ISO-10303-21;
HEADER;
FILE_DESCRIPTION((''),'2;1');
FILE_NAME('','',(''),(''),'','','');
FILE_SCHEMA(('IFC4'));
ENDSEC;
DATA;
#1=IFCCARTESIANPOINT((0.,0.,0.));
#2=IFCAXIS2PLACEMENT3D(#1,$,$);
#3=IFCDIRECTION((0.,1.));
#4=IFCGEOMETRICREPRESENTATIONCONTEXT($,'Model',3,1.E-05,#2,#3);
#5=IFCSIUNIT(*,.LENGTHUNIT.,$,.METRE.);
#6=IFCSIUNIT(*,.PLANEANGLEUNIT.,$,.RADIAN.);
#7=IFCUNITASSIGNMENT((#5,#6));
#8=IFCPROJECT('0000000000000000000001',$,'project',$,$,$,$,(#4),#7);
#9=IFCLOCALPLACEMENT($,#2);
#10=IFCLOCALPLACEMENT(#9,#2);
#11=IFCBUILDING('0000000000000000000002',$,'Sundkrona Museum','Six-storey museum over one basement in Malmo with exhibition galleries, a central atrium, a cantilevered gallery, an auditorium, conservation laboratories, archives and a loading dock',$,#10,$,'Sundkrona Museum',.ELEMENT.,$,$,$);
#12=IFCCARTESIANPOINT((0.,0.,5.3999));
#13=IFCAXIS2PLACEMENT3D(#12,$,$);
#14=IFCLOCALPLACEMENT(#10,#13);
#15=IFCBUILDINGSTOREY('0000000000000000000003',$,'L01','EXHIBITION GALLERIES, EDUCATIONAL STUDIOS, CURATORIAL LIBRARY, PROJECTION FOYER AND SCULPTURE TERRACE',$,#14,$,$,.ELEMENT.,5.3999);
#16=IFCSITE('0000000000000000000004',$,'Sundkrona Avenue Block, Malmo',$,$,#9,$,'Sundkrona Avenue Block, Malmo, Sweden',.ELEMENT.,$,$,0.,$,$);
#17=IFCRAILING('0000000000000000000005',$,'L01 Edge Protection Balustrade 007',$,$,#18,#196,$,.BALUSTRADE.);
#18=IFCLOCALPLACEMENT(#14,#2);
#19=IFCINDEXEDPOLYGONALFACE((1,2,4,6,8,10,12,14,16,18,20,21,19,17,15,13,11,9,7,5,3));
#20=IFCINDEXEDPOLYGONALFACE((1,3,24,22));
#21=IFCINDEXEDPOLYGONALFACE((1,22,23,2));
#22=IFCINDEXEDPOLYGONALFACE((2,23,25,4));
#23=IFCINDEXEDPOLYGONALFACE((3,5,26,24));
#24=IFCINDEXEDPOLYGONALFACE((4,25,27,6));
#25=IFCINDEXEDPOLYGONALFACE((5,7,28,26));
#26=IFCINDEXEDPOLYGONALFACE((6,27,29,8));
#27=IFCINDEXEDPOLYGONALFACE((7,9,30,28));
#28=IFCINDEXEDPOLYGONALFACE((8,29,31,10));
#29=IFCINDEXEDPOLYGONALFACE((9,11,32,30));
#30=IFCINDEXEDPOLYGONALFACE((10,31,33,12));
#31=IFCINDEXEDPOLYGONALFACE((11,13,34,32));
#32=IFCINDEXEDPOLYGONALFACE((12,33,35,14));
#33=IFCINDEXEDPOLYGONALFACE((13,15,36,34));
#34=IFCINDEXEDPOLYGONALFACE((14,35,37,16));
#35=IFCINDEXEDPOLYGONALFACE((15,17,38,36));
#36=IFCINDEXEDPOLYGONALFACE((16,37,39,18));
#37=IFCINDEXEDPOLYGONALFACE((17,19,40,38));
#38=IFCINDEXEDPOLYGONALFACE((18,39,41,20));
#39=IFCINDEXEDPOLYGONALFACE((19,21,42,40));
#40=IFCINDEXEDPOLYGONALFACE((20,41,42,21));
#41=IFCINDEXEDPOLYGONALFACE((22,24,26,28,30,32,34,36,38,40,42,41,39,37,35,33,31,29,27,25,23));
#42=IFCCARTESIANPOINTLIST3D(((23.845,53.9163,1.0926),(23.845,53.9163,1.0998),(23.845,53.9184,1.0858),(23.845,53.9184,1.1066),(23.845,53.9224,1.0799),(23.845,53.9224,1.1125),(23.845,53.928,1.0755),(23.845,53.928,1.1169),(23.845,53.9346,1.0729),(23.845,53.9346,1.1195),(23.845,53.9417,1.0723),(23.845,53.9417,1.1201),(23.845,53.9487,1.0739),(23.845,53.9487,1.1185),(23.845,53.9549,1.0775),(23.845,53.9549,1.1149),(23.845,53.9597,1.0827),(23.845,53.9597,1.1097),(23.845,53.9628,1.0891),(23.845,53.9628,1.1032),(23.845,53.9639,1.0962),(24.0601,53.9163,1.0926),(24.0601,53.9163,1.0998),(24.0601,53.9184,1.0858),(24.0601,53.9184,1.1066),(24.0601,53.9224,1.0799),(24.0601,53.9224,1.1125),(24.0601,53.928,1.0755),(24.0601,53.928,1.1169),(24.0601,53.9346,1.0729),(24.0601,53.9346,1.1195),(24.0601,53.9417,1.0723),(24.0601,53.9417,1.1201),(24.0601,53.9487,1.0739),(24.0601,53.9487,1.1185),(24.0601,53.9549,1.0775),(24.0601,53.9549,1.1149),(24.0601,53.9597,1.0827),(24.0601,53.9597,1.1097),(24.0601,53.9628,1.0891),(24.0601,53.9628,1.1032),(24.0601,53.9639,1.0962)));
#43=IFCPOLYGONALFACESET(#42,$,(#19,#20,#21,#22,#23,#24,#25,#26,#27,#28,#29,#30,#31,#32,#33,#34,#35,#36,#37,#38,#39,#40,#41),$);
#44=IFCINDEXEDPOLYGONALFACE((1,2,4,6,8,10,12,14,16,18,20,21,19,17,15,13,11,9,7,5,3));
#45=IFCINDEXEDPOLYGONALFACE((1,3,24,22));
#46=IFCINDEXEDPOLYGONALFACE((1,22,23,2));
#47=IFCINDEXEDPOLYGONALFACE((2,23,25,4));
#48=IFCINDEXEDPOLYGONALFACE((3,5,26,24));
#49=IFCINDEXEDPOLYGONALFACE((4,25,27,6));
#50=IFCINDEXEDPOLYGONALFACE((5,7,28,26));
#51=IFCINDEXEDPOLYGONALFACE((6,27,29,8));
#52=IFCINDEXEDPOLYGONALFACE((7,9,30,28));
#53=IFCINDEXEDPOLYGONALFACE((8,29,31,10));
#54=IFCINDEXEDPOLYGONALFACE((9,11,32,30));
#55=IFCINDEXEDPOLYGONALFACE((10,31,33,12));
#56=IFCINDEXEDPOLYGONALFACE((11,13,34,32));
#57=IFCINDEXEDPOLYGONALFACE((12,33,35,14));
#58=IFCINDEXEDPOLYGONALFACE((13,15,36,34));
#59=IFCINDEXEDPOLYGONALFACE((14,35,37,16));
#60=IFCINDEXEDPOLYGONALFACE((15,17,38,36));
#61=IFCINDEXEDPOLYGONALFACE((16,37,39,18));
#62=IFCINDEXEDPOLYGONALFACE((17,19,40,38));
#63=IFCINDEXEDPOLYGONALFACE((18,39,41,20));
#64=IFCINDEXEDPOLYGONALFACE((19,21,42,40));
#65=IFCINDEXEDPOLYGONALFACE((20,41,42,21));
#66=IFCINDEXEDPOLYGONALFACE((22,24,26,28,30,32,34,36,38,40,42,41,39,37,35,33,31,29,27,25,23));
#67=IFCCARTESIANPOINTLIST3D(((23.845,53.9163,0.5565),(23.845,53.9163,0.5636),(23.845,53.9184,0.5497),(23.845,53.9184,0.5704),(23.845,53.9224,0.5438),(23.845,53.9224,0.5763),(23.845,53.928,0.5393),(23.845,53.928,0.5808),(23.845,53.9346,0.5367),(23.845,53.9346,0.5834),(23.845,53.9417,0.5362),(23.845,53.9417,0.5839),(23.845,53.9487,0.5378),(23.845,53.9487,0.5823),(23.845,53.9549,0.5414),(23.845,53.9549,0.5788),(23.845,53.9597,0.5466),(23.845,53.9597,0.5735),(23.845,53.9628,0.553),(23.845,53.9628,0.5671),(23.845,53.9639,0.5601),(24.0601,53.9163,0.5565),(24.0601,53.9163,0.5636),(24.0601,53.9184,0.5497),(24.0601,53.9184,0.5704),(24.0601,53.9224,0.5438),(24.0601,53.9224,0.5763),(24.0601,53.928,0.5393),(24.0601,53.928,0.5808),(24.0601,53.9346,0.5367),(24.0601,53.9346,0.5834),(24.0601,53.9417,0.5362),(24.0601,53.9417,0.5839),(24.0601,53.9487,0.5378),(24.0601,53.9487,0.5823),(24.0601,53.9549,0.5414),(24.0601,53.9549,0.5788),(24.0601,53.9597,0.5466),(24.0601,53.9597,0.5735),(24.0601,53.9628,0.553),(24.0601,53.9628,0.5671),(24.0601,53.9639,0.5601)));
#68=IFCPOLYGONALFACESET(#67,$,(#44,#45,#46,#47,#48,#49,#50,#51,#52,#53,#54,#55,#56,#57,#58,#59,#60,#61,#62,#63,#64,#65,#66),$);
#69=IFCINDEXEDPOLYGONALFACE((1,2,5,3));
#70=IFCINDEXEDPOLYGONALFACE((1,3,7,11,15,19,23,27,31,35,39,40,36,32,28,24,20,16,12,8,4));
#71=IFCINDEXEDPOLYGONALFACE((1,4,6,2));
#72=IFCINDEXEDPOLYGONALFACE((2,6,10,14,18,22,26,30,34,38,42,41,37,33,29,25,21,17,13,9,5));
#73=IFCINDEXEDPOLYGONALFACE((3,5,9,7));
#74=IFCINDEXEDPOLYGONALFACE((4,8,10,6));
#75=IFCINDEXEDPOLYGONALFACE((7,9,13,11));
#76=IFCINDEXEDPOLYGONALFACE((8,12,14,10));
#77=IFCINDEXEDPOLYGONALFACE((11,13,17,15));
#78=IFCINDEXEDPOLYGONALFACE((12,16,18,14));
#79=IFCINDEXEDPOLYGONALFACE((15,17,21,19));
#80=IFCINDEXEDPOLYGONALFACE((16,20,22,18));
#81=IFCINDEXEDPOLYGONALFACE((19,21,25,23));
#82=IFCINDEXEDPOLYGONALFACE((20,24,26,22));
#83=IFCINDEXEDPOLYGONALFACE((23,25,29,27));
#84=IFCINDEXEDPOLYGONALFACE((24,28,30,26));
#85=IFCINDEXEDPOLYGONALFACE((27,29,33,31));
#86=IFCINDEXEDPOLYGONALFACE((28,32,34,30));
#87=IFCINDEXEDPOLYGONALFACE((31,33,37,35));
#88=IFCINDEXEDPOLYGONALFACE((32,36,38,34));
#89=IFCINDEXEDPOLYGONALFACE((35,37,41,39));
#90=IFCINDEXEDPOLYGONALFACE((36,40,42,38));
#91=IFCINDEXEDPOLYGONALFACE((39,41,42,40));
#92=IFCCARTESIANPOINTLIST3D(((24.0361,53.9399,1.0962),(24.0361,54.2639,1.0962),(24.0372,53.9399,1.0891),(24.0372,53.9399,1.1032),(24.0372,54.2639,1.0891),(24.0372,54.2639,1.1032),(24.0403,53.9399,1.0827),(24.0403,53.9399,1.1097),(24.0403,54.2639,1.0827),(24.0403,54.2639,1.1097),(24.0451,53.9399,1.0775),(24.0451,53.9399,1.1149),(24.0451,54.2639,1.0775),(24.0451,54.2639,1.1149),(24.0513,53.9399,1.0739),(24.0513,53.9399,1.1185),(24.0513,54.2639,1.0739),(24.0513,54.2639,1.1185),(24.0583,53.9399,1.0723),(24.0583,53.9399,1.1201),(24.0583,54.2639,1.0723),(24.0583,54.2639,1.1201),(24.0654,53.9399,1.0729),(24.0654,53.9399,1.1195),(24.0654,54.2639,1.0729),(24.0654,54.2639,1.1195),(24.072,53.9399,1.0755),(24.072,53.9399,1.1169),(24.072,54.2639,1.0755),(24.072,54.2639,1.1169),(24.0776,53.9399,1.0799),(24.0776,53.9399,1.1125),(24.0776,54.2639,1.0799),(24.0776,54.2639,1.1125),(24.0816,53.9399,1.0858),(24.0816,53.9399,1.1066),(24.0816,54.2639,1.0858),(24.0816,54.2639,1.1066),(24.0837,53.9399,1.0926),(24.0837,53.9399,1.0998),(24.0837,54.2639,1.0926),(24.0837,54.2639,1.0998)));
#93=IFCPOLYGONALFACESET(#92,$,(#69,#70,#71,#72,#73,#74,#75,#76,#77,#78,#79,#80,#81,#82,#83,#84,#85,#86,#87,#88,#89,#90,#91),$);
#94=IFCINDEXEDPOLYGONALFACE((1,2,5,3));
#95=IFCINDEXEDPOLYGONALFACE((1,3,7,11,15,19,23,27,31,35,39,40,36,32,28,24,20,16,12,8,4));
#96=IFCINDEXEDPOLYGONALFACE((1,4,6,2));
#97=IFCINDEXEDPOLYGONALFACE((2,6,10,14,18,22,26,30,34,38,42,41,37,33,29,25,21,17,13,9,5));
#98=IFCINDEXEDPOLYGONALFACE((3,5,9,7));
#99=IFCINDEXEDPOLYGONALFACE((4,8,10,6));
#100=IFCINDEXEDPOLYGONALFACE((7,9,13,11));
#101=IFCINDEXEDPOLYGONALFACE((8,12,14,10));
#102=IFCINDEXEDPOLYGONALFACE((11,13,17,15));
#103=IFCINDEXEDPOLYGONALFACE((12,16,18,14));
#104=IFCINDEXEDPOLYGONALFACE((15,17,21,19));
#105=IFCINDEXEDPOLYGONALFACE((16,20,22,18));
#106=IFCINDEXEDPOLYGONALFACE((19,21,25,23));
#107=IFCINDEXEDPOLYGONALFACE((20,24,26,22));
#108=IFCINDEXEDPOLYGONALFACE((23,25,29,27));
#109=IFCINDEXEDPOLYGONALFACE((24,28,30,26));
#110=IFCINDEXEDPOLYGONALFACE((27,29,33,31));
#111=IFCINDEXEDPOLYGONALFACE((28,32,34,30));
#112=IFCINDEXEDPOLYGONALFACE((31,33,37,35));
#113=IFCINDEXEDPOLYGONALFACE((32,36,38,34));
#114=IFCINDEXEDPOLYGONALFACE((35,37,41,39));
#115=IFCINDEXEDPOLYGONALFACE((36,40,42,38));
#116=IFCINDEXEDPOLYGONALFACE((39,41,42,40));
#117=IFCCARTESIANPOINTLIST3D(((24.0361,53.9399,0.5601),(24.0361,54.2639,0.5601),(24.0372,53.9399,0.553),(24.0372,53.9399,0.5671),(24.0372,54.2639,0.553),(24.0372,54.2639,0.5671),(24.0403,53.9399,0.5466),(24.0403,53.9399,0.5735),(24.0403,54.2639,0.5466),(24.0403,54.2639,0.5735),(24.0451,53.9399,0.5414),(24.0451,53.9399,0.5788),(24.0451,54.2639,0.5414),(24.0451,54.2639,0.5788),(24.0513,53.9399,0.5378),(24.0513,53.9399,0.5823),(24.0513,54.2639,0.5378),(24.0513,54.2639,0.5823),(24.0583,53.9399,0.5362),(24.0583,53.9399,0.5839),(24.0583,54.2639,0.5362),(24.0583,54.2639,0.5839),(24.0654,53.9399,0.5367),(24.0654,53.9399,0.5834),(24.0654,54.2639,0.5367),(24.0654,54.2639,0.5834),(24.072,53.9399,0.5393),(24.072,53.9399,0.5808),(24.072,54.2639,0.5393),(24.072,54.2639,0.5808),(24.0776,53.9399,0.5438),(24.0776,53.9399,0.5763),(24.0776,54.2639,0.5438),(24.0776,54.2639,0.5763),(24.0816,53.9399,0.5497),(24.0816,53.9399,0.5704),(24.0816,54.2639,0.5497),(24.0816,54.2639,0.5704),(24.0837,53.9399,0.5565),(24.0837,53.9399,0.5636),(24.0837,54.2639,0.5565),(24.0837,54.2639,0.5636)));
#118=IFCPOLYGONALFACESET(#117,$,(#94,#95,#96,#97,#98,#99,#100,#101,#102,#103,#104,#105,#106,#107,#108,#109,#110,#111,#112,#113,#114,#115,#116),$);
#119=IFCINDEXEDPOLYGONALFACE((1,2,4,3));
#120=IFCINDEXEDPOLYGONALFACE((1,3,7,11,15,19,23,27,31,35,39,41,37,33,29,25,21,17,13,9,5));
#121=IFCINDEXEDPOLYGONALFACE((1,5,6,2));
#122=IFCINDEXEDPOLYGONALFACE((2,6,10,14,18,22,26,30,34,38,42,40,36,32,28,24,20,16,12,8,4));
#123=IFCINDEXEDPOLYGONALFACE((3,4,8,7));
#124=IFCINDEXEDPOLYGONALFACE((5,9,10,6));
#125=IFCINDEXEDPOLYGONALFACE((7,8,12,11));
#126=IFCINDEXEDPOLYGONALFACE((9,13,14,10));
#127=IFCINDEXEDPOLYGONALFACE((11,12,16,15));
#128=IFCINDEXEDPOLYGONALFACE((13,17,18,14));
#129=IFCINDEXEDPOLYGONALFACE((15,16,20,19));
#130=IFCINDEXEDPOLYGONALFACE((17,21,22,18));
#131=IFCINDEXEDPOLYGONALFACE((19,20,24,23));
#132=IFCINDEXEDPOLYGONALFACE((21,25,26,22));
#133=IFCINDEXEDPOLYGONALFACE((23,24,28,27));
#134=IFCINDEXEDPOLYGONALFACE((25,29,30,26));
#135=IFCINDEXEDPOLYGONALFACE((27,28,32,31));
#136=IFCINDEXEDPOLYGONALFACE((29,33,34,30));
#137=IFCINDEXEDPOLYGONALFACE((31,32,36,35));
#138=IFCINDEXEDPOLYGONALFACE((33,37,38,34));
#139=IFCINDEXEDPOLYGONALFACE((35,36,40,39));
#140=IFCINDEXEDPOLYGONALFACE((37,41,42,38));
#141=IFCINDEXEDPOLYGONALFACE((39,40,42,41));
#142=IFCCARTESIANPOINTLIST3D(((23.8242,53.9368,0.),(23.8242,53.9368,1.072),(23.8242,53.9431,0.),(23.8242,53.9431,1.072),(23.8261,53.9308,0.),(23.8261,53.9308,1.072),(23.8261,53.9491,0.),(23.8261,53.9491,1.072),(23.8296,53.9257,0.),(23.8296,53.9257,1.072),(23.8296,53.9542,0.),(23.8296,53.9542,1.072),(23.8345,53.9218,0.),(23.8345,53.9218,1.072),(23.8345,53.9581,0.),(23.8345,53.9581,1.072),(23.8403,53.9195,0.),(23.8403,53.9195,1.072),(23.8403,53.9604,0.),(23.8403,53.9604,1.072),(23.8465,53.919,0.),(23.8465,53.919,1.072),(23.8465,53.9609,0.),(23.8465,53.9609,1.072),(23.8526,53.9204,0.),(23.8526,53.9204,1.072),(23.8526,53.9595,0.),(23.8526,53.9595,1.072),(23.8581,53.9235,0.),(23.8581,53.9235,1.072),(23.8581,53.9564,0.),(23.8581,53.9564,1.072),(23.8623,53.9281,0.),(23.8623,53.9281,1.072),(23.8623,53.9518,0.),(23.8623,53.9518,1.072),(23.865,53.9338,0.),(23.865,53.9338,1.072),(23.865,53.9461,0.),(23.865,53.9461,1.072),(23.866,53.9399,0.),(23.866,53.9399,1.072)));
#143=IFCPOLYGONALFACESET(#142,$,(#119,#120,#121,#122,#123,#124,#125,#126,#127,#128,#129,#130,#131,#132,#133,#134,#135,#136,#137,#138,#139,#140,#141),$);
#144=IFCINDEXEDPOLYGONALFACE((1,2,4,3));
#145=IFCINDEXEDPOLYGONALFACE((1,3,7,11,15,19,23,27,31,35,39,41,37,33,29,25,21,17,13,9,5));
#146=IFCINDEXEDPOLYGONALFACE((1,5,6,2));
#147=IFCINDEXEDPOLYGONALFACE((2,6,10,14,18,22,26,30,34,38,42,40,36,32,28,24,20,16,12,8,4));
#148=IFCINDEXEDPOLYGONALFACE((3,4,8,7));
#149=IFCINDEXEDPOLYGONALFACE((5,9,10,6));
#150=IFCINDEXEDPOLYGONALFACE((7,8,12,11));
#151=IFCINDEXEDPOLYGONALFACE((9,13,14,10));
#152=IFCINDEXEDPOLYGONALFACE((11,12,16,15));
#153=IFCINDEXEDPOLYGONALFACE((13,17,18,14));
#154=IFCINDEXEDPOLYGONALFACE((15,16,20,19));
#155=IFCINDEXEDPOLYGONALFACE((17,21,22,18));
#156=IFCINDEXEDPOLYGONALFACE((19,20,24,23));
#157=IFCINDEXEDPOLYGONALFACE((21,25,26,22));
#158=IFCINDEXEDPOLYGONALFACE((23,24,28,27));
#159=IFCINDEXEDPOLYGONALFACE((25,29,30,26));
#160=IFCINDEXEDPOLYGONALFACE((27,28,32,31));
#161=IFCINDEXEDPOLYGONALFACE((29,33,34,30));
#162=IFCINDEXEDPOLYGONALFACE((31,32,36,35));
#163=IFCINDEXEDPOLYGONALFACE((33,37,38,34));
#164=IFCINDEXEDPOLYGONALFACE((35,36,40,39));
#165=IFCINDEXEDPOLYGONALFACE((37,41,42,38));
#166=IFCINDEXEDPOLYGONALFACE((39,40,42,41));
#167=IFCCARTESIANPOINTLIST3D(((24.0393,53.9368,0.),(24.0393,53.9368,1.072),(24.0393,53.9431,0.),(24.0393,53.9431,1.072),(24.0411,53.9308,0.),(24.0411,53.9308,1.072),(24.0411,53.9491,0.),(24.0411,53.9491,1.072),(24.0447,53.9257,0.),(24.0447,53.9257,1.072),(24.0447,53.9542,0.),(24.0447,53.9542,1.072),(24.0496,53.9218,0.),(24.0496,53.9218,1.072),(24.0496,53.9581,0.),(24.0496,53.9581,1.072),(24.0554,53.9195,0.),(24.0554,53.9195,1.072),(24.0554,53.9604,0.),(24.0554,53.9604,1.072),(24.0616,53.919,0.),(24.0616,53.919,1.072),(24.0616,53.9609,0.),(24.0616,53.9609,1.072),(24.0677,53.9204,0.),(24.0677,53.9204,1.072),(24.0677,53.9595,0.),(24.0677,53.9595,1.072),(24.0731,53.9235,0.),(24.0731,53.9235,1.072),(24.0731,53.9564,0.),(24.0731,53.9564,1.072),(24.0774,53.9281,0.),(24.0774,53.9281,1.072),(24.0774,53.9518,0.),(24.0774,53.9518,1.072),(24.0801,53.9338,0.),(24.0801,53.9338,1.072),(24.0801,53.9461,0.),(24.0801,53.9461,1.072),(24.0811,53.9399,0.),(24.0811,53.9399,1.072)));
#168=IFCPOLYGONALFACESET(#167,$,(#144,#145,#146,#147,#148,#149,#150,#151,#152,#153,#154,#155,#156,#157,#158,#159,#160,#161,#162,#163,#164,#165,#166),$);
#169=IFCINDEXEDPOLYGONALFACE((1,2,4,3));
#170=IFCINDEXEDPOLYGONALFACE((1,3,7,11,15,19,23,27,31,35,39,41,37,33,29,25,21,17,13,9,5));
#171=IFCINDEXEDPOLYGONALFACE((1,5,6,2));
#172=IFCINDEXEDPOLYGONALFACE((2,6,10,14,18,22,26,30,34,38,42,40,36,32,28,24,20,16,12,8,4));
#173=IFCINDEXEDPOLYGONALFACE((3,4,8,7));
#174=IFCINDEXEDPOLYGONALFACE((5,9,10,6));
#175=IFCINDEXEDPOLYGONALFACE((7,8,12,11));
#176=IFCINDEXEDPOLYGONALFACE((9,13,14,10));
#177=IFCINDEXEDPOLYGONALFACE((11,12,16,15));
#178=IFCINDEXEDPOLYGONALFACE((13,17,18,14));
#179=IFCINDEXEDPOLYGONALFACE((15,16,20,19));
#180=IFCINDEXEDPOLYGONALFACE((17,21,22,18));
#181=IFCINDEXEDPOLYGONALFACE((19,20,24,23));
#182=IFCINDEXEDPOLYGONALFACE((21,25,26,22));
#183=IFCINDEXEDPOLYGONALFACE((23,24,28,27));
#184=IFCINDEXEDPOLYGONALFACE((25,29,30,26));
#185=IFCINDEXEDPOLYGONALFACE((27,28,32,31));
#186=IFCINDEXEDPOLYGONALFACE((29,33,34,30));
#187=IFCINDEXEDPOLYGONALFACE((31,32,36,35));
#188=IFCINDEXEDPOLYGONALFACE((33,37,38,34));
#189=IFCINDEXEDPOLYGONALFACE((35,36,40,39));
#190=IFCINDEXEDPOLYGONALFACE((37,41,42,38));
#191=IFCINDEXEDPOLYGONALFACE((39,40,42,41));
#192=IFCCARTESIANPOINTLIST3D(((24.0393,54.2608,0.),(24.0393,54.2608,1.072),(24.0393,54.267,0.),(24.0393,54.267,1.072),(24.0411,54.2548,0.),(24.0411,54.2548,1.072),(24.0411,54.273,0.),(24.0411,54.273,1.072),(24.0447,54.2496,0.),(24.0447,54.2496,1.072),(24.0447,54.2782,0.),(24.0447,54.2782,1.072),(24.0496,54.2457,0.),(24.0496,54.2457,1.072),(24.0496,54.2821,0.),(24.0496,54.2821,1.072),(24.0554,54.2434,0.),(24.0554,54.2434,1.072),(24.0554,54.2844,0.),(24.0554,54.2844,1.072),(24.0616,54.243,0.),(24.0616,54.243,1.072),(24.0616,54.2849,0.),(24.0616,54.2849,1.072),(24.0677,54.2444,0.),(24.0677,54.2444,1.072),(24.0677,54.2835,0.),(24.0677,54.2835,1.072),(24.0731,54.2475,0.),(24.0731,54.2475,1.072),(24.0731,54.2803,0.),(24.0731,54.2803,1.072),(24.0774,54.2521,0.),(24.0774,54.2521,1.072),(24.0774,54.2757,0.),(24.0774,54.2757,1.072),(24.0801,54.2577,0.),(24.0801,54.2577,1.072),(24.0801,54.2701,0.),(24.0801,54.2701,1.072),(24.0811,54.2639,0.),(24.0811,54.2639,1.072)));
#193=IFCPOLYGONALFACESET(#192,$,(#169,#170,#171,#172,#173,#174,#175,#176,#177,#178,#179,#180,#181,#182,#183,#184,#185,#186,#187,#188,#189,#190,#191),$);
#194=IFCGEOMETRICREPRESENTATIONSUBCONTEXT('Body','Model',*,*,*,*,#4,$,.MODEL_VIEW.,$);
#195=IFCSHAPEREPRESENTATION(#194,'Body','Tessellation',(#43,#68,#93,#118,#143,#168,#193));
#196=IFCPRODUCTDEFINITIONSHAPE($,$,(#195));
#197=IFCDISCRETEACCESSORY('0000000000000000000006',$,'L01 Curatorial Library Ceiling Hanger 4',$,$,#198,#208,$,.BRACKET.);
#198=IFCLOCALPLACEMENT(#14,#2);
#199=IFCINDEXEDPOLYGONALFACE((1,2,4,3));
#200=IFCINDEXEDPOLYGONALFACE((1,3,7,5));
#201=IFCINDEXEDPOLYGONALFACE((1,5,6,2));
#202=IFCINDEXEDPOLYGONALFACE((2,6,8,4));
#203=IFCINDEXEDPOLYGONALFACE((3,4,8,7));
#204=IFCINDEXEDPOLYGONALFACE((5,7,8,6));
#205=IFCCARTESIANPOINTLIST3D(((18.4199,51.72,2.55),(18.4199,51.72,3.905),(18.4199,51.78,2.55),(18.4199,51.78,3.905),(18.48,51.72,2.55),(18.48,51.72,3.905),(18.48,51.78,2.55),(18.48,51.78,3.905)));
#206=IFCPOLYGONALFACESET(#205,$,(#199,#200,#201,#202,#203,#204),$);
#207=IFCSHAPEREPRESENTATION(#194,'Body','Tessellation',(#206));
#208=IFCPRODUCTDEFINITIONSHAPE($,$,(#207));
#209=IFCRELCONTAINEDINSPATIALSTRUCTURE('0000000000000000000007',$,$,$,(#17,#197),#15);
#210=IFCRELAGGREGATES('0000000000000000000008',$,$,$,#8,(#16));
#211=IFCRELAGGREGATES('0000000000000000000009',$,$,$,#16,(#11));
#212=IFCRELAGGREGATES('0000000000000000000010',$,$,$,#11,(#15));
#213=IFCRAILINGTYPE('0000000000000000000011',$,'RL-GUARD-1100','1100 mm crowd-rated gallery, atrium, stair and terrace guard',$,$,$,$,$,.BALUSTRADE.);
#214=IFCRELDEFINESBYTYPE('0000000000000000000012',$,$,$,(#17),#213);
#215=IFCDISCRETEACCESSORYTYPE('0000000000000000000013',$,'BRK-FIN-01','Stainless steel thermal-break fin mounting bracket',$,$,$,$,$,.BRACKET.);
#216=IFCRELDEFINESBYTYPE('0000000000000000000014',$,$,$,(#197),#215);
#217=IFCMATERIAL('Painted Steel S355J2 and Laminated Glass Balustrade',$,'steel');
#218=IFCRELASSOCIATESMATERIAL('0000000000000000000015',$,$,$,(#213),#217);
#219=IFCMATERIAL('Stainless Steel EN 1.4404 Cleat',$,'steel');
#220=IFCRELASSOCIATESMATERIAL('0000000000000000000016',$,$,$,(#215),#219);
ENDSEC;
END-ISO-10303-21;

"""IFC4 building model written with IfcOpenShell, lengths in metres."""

from ifc_helpers import new_model, si_unit, direction, frame, origin, origin_2d, place, context, subcontext, project, spatial, rectangle, circle, extrude, material, type_object, element, save


model = new_model("IFC4")

# Units and contexts
model_context = context("Model", 3, precision=1e-05, world=origin(), true_north=direction((0.0, 1.0)))
body_context = subcontext(model_context, "Body", "Model", "MODEL_VIEW")
ifc_project = project(units=[si_unit("LENGTHUNIT", "METRE"), si_unit("PLANEANGLEUNIT", "RADIAN")], contexts=[model_context])

# Site, building, storey
site_placement = place(None, origin())
site = spatial("IfcSite", under=ifc_project, at=site_placement, Name="Sundkrona Avenue Block, Malmo", LongName="Sundkrona Avenue Block, Malmo, Sweden", CompositionType="ELEMENT", RefElevation=0.0)
building_placement = place(site_placement, origin())
building = spatial("IfcBuilding", under=site, at=building_placement, Name="Sundkrona Museum", Description="Six-storey museum over one basement in Malmo with exhibition galleries, a central atrium, a cantilevered gallery, an auditorium, conservation laboratories, archives and a loading dock", LongName="Sundkrona Museum", CompositionType="ELEMENT")
storey_placement = place(building_placement, frame((0.0, 0.0, 5.3999)))
storey = spatial("IfcBuildingStorey", under=building, at=storey_placement, Name="L01", Description="EXHIBITION GALLERIES, EDUCATIONAL STUDIOS, CURATORIAL LIBRARY, PROJECTION FOYER AND SCULPTURE TERRACE", CompositionType="ELEMENT", Elevation=5.3999)

# Railing
ifc_material_1 = material(Name="Painted Steel S355J2 and Laminated Glass Balustrade", Category="steel")
railing_type = type_object("IfcRailingType", Name="RL-GUARD-1100", Description="1100 mm crowd-rated gallery, atrium, stair and terrace guard", PredefinedType="BALUSTRADE", material=ifc_material_1)
railing_1_placement = place(storey_placement, frame((23.845, 53.9399, 0.0)))
element("IfcRailing", 1, at=railing_1_placement, inside=storey, type_object=railing_type, Name="L01 Edge Protection Balustrade 007", PredefinedType="BALUSTRADE", context=body_context, shape_type="SweptSolid", body=[
    extrude(circle(Radius=0.0239, at=origin_2d()), frame((0.0, 0.0, 1.0962), z_axis=(1.0, 0.0, 0.0), x_axis=(0.0, 1.0, 0.0)), (0.0, 0.0, 1.0), 0.2151),
    extrude(circle(Radius=0.0239, at=origin_2d()), frame((0.0, 0.0, 0.5601), z_axis=(1.0, 0.0, 0.0), x_axis=(0.0, 1.0, 0.0)), (0.0, 0.0, 1.0), 0.2151),
    extrude(circle(Radius=0.0239, at=origin_2d()), frame((0.2151, 0.0, 1.0962), z_axis=(0.0, 1.0, 0.0), x_axis=(-1.0, 0.0, 0.0)), (0.0, 0.0, 1.0), 0.324),
    extrude(circle(Radius=0.0239, at=origin_2d()), frame((0.2151, 0.0, 0.5601), z_axis=(0.0, 1.0, 0.0), x_axis=(-1.0, 0.0, 0.0)), (0.0, 0.0, 1.0), 0.324),
    extrude(circle(Radius=0.021, at=origin_2d()), origin(), (0.0, 0.0, 1.0), 1.072),
    extrude(circle(Radius=0.021, at=origin_2d()), frame((0.2151, 0.0, 0.0)), (0.0, 0.0, 1.0), 1.072),
    extrude(circle(Radius=0.021, at=origin_2d()), frame((0.2151, 0.324, 0.0)), (0.0, 0.0, 1.0), 1.072),
])

# Discrete accessory
ifc_material_2 = material(Name="Stainless Steel EN 1.4404 Cleat", Category="steel")
discrete_accessory_type = type_object("IfcDiscreteAccessoryType", Name="BRK-FIN-01", Description="Stainless steel thermal-break fin mounting bracket", PredefinedType="BRACKET", material=ifc_material_2)
discrete_accessory_placement = place(storey_placement, frame((18.45, 51.75, 2.55), z_axis=(0.0, 0.0, 1.0), x_axis=(1.0, 0.0, 0.0)))
element("IfcDiscreteAccessory", 2, at=discrete_accessory_placement, inside=storey, type_object=discrete_accessory_type, Name="L01 Curatorial Library Ceiling Hanger 4", PredefinedType="BRACKET", context=body_context, shape_type="SweptSolid", body=[
    extrude(rectangle(XDim=0.0601, YDim=0.0601, at=origin_2d()), origin(), (0.0, 0.0, 1.0), 1.355),
])

save(model, "model.ifc")
